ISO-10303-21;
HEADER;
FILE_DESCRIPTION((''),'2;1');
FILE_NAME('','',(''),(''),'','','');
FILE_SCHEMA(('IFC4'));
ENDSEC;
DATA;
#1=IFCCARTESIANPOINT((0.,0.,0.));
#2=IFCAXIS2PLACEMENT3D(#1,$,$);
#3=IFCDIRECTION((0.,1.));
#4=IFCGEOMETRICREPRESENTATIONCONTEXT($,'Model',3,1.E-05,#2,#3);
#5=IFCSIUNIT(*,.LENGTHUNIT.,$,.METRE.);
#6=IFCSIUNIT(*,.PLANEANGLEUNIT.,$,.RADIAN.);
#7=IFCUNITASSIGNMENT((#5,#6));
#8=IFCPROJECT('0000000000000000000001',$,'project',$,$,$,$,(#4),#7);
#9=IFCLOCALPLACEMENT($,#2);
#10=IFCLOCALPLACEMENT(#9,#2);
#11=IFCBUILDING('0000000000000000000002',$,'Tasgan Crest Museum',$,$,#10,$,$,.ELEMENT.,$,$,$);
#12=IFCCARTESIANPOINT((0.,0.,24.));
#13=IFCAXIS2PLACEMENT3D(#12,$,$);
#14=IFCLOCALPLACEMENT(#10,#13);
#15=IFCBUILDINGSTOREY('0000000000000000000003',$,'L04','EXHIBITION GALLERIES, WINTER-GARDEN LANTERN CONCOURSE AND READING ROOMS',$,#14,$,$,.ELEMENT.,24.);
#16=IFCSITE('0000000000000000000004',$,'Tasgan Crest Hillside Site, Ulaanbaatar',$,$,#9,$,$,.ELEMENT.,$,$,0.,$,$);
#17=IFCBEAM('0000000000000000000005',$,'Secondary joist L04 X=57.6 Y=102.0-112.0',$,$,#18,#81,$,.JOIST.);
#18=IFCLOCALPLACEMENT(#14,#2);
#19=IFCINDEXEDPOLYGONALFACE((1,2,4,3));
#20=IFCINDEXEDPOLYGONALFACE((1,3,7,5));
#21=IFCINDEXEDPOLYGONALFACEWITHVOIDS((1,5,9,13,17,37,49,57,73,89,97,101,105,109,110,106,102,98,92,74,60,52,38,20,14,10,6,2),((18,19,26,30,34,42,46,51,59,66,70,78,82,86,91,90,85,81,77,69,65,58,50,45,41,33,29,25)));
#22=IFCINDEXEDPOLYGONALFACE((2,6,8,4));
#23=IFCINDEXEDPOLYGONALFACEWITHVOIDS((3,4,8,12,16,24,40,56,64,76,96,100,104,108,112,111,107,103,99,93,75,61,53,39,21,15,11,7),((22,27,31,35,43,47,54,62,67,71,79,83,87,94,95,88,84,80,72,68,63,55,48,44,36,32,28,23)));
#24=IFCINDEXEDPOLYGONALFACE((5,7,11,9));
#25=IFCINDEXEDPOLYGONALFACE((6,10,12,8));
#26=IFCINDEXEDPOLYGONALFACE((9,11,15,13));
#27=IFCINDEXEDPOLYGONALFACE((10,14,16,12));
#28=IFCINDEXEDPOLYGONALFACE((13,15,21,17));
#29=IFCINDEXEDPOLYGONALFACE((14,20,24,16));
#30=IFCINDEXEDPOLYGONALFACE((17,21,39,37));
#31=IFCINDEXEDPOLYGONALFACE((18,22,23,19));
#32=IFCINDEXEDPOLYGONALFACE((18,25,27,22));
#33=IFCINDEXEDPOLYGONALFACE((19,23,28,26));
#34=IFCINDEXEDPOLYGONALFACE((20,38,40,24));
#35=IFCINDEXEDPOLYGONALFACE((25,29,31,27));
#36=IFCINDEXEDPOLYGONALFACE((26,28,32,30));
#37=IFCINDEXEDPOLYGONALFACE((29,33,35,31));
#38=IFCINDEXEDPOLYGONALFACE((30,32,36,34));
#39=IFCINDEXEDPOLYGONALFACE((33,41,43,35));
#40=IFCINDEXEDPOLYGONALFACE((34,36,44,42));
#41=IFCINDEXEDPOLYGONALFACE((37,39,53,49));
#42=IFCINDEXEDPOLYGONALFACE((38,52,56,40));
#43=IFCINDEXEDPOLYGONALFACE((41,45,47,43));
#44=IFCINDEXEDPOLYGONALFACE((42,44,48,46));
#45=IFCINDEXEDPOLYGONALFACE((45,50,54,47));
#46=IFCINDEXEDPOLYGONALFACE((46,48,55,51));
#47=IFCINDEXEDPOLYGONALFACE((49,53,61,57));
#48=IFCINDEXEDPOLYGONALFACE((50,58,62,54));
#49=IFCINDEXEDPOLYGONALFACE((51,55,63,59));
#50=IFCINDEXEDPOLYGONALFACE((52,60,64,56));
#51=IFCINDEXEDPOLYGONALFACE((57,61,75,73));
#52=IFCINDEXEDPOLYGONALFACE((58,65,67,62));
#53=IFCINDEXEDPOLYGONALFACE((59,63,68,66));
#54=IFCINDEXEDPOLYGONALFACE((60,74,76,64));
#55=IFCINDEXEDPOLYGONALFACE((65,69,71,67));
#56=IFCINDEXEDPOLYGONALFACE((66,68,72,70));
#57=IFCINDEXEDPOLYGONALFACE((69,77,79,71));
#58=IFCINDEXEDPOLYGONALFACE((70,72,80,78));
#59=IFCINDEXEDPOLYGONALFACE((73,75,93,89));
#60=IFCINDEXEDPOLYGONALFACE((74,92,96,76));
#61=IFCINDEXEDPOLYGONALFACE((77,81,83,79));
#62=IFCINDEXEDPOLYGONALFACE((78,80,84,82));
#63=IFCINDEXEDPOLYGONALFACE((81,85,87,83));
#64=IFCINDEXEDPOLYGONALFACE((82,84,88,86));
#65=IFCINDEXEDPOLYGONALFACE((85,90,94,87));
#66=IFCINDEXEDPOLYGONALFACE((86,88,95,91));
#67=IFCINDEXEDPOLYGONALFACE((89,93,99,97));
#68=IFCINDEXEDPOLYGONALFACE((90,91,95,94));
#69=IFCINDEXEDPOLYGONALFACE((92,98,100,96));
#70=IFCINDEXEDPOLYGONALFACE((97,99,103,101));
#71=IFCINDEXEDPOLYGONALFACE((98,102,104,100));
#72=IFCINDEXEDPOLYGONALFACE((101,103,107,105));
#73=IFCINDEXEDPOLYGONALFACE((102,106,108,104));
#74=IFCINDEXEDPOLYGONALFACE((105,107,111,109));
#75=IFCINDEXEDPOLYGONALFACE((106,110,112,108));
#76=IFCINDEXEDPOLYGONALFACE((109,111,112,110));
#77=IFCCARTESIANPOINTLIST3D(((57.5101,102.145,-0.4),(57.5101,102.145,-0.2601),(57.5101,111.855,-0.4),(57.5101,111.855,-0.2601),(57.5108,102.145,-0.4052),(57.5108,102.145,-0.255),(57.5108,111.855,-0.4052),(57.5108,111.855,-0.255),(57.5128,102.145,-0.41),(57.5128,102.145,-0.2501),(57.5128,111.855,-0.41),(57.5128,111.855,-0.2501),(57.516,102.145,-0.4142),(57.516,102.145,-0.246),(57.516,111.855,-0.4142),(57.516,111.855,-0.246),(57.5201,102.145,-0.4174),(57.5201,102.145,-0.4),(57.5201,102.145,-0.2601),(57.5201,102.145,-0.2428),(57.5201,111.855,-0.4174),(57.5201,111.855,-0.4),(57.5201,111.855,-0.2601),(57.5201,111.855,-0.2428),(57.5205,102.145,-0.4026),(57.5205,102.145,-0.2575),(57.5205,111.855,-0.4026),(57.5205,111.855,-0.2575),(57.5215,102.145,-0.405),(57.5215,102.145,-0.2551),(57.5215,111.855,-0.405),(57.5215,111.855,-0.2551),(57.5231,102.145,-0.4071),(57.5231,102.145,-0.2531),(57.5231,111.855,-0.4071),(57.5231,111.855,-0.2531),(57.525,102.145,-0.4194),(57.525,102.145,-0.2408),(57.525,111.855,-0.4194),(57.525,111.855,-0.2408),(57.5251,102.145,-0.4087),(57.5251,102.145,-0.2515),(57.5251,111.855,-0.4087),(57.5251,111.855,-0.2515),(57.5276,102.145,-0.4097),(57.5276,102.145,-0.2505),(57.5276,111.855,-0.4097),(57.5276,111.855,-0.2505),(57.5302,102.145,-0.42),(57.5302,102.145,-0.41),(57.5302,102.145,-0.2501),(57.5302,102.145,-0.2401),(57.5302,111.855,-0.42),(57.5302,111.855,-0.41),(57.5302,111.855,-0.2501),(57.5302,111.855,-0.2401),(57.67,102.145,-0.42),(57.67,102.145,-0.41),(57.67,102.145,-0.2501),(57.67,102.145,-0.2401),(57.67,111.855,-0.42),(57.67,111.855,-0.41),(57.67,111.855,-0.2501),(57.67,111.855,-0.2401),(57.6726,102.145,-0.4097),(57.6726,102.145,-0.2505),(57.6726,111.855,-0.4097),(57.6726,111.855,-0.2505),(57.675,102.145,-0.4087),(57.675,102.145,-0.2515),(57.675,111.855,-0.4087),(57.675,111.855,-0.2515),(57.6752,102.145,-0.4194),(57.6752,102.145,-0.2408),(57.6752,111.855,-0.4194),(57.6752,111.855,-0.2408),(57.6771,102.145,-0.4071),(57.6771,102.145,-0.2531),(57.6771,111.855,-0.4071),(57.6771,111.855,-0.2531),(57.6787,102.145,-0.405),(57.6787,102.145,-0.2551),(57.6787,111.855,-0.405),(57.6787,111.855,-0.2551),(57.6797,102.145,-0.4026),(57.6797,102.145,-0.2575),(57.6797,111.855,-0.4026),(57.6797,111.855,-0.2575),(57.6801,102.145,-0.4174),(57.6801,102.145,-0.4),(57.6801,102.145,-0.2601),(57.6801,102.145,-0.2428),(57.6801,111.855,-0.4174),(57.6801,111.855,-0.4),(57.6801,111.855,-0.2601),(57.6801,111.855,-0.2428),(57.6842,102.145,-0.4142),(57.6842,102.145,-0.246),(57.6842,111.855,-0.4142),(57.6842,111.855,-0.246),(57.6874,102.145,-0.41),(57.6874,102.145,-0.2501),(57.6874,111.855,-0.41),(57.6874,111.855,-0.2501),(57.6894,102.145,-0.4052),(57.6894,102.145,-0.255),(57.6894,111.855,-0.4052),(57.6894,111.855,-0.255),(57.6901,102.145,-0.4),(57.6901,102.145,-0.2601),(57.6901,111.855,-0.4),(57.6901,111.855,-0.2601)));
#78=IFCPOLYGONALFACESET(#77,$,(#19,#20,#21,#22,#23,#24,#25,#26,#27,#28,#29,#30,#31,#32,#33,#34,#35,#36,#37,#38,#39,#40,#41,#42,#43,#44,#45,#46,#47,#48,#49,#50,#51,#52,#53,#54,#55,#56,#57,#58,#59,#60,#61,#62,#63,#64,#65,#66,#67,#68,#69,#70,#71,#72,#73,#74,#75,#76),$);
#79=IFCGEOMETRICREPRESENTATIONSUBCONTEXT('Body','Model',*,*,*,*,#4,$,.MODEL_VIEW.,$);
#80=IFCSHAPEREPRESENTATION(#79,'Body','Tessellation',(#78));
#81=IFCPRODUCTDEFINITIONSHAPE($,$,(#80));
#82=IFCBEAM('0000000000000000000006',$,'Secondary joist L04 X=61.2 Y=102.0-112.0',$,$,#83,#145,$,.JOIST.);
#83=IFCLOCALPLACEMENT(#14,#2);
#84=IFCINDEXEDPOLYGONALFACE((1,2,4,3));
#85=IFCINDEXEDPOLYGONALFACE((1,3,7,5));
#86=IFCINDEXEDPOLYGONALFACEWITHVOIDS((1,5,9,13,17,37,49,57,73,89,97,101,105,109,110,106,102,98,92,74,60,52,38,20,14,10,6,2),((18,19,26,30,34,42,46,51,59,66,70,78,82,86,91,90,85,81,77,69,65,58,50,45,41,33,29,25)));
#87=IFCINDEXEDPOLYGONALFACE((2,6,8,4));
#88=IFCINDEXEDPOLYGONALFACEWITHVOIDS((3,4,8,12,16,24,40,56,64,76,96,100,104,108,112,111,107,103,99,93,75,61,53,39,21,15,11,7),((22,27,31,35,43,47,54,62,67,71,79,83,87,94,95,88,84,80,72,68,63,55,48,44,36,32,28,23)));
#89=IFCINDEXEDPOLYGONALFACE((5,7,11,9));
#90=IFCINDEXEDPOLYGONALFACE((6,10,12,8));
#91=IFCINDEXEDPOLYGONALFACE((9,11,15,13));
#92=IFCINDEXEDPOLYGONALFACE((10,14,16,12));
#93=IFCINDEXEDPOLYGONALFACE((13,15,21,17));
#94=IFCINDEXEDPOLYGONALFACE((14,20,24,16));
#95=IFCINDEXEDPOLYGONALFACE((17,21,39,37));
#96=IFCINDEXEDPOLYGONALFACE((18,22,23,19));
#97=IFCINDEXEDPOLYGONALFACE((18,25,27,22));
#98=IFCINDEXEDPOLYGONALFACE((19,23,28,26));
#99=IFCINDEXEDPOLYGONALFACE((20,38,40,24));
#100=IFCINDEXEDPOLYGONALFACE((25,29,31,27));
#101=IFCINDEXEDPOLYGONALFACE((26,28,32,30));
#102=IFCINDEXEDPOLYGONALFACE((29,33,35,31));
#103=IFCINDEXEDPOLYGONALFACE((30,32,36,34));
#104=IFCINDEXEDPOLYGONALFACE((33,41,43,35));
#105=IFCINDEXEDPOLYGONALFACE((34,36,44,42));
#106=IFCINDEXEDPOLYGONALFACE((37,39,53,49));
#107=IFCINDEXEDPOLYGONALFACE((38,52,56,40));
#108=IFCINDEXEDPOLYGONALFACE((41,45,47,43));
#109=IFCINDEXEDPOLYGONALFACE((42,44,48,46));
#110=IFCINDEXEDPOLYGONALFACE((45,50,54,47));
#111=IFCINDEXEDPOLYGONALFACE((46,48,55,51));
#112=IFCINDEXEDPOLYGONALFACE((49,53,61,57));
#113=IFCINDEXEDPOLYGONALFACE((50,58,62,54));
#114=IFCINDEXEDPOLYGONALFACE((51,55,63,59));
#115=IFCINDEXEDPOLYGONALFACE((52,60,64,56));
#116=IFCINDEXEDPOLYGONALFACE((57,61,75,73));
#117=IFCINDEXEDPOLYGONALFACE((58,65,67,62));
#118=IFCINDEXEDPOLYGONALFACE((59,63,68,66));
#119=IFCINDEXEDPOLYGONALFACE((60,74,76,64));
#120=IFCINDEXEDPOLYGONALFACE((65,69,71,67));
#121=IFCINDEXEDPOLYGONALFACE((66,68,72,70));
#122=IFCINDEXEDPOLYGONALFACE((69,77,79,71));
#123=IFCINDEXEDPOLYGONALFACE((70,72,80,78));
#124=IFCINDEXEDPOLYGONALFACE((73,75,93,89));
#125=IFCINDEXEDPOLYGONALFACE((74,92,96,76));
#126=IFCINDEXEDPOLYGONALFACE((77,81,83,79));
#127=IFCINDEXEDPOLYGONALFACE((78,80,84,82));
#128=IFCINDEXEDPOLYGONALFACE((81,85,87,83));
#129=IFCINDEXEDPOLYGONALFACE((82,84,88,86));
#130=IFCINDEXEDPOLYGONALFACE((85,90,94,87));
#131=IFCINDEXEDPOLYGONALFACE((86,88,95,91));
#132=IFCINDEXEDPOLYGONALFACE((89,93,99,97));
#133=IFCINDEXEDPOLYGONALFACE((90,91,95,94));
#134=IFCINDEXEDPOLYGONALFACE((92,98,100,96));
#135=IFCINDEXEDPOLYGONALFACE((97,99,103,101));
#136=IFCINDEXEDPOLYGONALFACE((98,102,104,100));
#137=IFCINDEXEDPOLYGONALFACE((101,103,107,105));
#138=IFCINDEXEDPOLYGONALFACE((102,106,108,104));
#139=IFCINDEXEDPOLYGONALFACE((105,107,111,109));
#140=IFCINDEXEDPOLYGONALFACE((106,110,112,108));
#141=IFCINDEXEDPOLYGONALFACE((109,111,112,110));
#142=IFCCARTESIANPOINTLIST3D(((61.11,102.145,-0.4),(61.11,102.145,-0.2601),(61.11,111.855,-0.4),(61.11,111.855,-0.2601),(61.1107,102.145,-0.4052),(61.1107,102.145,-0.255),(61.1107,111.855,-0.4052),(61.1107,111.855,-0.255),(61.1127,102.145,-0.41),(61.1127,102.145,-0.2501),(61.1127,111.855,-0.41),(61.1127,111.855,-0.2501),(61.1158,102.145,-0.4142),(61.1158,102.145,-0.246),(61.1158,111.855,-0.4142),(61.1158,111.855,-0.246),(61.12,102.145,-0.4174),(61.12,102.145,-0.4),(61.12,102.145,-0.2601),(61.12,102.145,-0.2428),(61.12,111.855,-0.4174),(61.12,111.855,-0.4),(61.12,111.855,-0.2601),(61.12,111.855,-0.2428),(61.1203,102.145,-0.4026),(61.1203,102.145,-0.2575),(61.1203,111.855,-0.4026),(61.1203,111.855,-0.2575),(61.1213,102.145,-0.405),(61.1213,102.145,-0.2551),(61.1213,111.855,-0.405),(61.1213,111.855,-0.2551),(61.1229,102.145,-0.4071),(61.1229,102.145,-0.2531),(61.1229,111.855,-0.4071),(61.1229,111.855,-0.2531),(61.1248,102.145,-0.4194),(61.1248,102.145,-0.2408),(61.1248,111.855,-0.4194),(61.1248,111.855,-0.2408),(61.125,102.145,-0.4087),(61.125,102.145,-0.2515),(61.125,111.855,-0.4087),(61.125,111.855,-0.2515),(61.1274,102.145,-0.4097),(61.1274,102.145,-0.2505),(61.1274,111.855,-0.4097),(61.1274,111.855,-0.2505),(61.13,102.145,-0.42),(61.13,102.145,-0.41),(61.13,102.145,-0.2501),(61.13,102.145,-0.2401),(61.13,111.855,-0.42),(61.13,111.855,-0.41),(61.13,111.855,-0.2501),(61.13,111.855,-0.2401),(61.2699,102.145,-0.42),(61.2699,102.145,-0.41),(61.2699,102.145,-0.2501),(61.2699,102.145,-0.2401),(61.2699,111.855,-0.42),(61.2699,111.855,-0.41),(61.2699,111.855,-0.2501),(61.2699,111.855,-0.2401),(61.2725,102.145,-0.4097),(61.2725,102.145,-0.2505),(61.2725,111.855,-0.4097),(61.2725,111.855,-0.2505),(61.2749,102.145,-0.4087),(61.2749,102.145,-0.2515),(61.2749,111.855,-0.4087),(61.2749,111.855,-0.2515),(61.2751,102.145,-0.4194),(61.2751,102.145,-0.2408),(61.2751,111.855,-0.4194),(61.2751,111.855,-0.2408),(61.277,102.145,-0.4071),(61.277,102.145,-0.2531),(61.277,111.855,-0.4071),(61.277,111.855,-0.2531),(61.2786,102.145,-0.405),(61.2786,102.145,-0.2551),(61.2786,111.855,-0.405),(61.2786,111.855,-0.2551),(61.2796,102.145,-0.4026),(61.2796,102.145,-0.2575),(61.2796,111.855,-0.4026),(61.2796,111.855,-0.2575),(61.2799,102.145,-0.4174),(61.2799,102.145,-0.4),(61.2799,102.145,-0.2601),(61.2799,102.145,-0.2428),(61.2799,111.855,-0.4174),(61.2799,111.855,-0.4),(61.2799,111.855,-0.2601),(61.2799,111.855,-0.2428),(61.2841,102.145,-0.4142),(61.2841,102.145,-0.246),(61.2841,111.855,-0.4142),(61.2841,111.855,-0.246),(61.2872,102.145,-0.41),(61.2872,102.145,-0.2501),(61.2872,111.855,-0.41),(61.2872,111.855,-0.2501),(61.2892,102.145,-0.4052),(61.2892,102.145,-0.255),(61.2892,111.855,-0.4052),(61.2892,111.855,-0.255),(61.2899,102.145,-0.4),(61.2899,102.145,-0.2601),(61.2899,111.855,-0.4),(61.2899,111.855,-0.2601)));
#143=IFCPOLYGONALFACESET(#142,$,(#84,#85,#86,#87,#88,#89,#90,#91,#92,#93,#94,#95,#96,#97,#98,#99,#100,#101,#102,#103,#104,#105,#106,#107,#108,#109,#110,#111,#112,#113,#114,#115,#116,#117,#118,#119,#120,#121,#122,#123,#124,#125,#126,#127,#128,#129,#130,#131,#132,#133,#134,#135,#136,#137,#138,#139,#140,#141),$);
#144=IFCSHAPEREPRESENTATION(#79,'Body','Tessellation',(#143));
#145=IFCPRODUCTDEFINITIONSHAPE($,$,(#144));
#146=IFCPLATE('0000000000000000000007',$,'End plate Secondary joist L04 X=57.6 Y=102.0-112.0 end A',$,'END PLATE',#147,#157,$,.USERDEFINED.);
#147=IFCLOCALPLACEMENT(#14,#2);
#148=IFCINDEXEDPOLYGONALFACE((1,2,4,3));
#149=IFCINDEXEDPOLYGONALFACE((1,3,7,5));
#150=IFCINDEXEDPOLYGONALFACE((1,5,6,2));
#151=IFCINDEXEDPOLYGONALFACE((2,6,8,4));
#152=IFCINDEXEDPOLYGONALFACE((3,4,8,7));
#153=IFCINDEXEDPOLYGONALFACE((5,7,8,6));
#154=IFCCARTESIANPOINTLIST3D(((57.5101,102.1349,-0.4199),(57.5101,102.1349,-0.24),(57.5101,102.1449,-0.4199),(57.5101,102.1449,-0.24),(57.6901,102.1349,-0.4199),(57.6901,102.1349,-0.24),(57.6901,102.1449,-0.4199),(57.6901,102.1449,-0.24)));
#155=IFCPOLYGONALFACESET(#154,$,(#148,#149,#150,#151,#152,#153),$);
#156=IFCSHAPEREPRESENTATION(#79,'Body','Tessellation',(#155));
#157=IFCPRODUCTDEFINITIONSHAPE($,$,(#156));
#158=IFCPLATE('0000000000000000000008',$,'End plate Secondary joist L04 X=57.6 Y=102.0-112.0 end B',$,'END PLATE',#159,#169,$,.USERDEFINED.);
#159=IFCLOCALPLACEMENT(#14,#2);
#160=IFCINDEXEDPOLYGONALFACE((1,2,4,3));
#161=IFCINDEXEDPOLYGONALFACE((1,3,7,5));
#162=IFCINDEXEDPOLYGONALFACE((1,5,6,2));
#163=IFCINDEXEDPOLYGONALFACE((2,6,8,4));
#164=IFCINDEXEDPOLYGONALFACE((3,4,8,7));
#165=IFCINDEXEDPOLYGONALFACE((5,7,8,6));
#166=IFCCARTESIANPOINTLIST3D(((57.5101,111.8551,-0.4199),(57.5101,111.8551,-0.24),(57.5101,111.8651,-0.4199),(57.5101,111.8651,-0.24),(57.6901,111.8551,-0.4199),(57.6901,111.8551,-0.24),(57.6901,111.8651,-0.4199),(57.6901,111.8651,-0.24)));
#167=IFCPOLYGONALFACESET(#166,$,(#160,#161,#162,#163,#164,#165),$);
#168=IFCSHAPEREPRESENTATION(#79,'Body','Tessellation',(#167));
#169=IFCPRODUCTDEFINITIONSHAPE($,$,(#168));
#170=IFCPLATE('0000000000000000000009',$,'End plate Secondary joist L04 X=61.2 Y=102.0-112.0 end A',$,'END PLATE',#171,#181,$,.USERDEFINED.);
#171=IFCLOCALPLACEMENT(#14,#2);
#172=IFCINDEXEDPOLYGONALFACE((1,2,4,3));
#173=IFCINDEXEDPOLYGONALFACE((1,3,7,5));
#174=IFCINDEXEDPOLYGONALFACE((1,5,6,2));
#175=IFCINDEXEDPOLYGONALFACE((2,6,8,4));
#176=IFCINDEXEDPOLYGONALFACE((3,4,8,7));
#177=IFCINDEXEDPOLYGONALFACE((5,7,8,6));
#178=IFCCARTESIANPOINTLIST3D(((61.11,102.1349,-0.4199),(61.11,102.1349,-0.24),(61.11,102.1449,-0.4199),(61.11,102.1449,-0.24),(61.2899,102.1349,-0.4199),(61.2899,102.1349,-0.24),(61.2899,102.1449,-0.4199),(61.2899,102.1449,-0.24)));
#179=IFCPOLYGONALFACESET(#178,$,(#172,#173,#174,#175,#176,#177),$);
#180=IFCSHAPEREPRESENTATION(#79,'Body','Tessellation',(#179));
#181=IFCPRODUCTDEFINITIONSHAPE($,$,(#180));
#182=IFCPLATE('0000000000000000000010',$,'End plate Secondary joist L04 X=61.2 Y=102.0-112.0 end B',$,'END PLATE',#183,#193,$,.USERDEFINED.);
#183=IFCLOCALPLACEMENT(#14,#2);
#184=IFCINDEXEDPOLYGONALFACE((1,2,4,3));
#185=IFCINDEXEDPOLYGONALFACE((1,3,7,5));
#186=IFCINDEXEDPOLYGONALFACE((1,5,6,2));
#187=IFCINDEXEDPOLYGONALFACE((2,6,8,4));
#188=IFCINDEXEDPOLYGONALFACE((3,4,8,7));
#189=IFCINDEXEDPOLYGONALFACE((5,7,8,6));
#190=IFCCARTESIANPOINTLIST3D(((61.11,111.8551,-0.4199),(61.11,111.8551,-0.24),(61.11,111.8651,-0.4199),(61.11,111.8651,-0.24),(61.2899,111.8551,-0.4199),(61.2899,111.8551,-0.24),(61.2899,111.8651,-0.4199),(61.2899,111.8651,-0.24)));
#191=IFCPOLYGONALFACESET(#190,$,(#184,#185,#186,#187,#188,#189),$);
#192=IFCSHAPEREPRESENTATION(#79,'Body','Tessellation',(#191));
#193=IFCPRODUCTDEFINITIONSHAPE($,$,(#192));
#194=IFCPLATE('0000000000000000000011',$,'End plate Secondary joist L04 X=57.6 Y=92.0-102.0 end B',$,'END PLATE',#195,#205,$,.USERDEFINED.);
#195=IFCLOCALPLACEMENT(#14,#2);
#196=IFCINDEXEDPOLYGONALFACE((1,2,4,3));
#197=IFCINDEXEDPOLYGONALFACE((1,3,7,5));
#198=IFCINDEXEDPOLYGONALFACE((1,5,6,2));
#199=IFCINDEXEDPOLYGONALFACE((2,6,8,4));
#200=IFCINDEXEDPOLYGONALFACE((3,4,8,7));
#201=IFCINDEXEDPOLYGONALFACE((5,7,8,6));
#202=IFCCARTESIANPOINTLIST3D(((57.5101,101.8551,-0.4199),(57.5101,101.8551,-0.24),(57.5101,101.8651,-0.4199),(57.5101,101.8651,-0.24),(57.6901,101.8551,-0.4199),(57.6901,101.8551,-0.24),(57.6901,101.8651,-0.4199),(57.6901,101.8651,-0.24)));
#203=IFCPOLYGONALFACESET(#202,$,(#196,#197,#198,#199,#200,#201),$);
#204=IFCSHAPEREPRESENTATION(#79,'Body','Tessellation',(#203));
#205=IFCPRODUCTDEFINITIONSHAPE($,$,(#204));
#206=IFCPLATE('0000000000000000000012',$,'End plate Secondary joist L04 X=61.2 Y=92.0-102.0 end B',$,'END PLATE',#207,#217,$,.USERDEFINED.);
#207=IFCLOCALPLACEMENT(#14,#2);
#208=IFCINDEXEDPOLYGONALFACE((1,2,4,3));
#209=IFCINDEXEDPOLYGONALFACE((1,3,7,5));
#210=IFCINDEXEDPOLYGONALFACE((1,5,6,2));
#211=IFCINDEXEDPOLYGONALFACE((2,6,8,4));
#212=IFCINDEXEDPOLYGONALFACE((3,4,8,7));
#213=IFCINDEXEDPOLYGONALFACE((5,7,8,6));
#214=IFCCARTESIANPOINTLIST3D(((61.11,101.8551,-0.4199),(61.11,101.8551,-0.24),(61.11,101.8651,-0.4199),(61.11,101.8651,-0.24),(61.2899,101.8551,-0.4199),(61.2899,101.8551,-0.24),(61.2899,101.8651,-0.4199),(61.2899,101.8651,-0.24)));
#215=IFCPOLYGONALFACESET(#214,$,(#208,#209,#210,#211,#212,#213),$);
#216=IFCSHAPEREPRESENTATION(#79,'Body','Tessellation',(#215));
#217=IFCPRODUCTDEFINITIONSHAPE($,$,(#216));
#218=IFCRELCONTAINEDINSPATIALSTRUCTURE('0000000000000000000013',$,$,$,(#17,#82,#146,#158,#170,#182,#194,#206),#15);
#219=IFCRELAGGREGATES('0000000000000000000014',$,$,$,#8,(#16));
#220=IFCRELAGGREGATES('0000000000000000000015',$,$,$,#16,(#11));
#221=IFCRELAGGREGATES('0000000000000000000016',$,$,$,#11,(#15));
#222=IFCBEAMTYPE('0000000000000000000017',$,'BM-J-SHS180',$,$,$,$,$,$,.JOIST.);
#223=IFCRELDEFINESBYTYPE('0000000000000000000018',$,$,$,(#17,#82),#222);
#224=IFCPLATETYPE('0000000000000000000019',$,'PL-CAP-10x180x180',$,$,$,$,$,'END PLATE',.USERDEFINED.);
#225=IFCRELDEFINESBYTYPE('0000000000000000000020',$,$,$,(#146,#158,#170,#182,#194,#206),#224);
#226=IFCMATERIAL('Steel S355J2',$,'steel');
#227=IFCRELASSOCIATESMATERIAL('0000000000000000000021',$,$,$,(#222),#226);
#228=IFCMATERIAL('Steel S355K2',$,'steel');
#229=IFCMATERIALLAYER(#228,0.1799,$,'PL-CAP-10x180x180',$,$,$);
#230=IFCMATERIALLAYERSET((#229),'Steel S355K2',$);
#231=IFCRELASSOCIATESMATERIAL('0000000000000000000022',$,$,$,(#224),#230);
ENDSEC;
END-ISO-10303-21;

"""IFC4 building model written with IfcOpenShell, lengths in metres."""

from ifc_helpers import new_model, si_unit, direction, frame, origin, origin_2d, place, context, subcontext, project, spatial, rectangle, hollow_rectangle, extrude, material, layer, layer_set, material_profile, profile_set, type_object, element, save


model = new_model("IFC4")

# Units and contexts
model_context = context("Model", 3, precision=1e-05, world=origin(), true_north=direction((0.0, 1.0)))
body_context = subcontext(model_context, "Body", "Model", "MODEL_VIEW")
ifc_project = project(units=[si_unit("LENGTHUNIT", "METRE"), si_unit("PLANEANGLEUNIT", "RADIAN")], contexts=[model_context])

# Site, building, storey
site_placement = place(None, origin())
site = spatial("IfcSite", under=ifc_project, at=site_placement, Name="Tasgan Crest Hillside Site, Ulaanbaatar", CompositionType="ELEMENT", RefElevation=0.0)
building_placement = place(site_placement, origin())
building = spatial("IfcBuilding", under=site, at=building_placement, Name="Tasgan Crest Museum", CompositionType="ELEMENT")
storey_placement = place(building_placement, frame((0.0, 0.0, 24.0)))
storey = spatial("IfcBuildingStorey", under=building, at=storey_placement, Name="L04", Description="EXHIBITION GALLERIES, WINTER-GARDEN LANTERN CONCOURSE AND READING ROOMS", CompositionType="ELEMENT", Elevation=24.0)

# Beams
ifc_material_1 = material(Name="Steel S355J2", Category="steel")
ifc_material_profile_1 = material_profile(ifc_material_1, hollow_rectangle(XDim=0.1799, YDim=0.1799, WallThickness=0.01, InnerFilletRadius=0.01, OuterFilletRadius=0.02, at=origin_2d()), Name="SHS 180x180x10")
ifc_profile_set_1 = profile_set([ifc_material_profile_1], Name="Steel S355J2")
beam_type_1 = type_object("IfcBeamType", Name="BM-J-SHS180", PredefinedType="JOIST", material=ifc_profile_set_1)
for number, where, z_axis, x_axis, name in (
    (1, (57.6001, 102.145, -0.3301), (0.0, 1.0, 0.0), (-1.0, 0.0, 0.0), "Secondary joist L04 X=57.6 Y=102.0-112.0"),
    (2, (61.2, 102.145, -0.3301), (0.0, 1.0, 0.0), (-1.0, 0.0, 0.0), "Secondary joist L04 X=61.2 Y=102.0-112.0"),
):
    element("IfcBeam", number, at=place(storey_placement, frame(where, z_axis=z_axis, x_axis=x_axis)), inside=storey, type_object=beam_type_1, Name=name, PredefinedType="JOIST", context=body_context, shape_type="SweptSolid", body=[
        extrude(hollow_rectangle(XDim=0.1799, YDim=0.1799, WallThickness=0.01, InnerFilletRadius=0.01, OuterFilletRadius=0.02, at=origin_2d()), origin(), (0.0, 0.0, 1.0), 9.71),
    ])

# Plates
ifc_material_2 = material(Name="Steel S355K2", Category="steel")
ifc_layer_1 = layer(ifc_material_2, 0.1799, Name="PL-CAP-10x180x180")
ifc_layer_set_1 = layer_set([ifc_layer_1], Name="Steel S355K2")
plate_type = type_object("IfcPlateType", Name="PL-CAP-10x180x180", ElementType="END PLATE", PredefinedType="USERDEFINED", material=ifc_layer_set_1)
for number, where, z_axis, x_axis, name in (
    (3, (57.6001, 102.1399, -0.4199), (0.0, 0.0, 1.0), (0.0, 1.0, 0.0), "End plate Secondary joist L04 X=57.6 Y=102.0-112.0 end A"),
    (4, (57.6001, 111.8601, -0.4199), (0.0, 0.0, 1.0), (0.0, 1.0, 0.0), "End plate Secondary joist L04 X=57.6 Y=102.0-112.0 end B"),
    (5, (61.2, 102.1399, -0.4199), (0.0, 0.0, 1.0), (0.0, 1.0, 0.0), "End plate Secondary joist L04 X=61.2 Y=102.0-112.0 end A"),
    (6, (61.2, 111.8601, -0.4199), (0.0, 0.0, 1.0), (0.0, 1.0, 0.0), "End plate Secondary joist L04 X=61.2 Y=102.0-112.0 end B"),
    (7, (57.6001, 101.8601, -0.4199), (0.0, 0.0, 1.0), (0.0, 1.0, 0.0), "End plate Secondary joist L04 X=57.6 Y=92.0-102.0 end B"),
    (8, (61.2, 101.8601, -0.4199), (0.0, 0.0, 1.0), (0.0, 1.0, 0.0), "End plate Secondary joist L04 X=61.2 Y=92.0-102.0 end B"),
):
    element("IfcPlate", number, at=place(storey_placement, frame(where, z_axis=z_axis, x_axis=x_axis)), inside=storey, type_object=plate_type, Name=name, ObjectType="END PLATE", PredefinedType="USERDEFINED", context=body_context, shape_type="SweptSolid", body=[
        extrude(rectangle(XDim=0.01, YDim=0.1799, at=origin_2d()), origin(), (0.0, 0.0, 1.0), 0.1799),
    ])

save(model, "model.ifc")
